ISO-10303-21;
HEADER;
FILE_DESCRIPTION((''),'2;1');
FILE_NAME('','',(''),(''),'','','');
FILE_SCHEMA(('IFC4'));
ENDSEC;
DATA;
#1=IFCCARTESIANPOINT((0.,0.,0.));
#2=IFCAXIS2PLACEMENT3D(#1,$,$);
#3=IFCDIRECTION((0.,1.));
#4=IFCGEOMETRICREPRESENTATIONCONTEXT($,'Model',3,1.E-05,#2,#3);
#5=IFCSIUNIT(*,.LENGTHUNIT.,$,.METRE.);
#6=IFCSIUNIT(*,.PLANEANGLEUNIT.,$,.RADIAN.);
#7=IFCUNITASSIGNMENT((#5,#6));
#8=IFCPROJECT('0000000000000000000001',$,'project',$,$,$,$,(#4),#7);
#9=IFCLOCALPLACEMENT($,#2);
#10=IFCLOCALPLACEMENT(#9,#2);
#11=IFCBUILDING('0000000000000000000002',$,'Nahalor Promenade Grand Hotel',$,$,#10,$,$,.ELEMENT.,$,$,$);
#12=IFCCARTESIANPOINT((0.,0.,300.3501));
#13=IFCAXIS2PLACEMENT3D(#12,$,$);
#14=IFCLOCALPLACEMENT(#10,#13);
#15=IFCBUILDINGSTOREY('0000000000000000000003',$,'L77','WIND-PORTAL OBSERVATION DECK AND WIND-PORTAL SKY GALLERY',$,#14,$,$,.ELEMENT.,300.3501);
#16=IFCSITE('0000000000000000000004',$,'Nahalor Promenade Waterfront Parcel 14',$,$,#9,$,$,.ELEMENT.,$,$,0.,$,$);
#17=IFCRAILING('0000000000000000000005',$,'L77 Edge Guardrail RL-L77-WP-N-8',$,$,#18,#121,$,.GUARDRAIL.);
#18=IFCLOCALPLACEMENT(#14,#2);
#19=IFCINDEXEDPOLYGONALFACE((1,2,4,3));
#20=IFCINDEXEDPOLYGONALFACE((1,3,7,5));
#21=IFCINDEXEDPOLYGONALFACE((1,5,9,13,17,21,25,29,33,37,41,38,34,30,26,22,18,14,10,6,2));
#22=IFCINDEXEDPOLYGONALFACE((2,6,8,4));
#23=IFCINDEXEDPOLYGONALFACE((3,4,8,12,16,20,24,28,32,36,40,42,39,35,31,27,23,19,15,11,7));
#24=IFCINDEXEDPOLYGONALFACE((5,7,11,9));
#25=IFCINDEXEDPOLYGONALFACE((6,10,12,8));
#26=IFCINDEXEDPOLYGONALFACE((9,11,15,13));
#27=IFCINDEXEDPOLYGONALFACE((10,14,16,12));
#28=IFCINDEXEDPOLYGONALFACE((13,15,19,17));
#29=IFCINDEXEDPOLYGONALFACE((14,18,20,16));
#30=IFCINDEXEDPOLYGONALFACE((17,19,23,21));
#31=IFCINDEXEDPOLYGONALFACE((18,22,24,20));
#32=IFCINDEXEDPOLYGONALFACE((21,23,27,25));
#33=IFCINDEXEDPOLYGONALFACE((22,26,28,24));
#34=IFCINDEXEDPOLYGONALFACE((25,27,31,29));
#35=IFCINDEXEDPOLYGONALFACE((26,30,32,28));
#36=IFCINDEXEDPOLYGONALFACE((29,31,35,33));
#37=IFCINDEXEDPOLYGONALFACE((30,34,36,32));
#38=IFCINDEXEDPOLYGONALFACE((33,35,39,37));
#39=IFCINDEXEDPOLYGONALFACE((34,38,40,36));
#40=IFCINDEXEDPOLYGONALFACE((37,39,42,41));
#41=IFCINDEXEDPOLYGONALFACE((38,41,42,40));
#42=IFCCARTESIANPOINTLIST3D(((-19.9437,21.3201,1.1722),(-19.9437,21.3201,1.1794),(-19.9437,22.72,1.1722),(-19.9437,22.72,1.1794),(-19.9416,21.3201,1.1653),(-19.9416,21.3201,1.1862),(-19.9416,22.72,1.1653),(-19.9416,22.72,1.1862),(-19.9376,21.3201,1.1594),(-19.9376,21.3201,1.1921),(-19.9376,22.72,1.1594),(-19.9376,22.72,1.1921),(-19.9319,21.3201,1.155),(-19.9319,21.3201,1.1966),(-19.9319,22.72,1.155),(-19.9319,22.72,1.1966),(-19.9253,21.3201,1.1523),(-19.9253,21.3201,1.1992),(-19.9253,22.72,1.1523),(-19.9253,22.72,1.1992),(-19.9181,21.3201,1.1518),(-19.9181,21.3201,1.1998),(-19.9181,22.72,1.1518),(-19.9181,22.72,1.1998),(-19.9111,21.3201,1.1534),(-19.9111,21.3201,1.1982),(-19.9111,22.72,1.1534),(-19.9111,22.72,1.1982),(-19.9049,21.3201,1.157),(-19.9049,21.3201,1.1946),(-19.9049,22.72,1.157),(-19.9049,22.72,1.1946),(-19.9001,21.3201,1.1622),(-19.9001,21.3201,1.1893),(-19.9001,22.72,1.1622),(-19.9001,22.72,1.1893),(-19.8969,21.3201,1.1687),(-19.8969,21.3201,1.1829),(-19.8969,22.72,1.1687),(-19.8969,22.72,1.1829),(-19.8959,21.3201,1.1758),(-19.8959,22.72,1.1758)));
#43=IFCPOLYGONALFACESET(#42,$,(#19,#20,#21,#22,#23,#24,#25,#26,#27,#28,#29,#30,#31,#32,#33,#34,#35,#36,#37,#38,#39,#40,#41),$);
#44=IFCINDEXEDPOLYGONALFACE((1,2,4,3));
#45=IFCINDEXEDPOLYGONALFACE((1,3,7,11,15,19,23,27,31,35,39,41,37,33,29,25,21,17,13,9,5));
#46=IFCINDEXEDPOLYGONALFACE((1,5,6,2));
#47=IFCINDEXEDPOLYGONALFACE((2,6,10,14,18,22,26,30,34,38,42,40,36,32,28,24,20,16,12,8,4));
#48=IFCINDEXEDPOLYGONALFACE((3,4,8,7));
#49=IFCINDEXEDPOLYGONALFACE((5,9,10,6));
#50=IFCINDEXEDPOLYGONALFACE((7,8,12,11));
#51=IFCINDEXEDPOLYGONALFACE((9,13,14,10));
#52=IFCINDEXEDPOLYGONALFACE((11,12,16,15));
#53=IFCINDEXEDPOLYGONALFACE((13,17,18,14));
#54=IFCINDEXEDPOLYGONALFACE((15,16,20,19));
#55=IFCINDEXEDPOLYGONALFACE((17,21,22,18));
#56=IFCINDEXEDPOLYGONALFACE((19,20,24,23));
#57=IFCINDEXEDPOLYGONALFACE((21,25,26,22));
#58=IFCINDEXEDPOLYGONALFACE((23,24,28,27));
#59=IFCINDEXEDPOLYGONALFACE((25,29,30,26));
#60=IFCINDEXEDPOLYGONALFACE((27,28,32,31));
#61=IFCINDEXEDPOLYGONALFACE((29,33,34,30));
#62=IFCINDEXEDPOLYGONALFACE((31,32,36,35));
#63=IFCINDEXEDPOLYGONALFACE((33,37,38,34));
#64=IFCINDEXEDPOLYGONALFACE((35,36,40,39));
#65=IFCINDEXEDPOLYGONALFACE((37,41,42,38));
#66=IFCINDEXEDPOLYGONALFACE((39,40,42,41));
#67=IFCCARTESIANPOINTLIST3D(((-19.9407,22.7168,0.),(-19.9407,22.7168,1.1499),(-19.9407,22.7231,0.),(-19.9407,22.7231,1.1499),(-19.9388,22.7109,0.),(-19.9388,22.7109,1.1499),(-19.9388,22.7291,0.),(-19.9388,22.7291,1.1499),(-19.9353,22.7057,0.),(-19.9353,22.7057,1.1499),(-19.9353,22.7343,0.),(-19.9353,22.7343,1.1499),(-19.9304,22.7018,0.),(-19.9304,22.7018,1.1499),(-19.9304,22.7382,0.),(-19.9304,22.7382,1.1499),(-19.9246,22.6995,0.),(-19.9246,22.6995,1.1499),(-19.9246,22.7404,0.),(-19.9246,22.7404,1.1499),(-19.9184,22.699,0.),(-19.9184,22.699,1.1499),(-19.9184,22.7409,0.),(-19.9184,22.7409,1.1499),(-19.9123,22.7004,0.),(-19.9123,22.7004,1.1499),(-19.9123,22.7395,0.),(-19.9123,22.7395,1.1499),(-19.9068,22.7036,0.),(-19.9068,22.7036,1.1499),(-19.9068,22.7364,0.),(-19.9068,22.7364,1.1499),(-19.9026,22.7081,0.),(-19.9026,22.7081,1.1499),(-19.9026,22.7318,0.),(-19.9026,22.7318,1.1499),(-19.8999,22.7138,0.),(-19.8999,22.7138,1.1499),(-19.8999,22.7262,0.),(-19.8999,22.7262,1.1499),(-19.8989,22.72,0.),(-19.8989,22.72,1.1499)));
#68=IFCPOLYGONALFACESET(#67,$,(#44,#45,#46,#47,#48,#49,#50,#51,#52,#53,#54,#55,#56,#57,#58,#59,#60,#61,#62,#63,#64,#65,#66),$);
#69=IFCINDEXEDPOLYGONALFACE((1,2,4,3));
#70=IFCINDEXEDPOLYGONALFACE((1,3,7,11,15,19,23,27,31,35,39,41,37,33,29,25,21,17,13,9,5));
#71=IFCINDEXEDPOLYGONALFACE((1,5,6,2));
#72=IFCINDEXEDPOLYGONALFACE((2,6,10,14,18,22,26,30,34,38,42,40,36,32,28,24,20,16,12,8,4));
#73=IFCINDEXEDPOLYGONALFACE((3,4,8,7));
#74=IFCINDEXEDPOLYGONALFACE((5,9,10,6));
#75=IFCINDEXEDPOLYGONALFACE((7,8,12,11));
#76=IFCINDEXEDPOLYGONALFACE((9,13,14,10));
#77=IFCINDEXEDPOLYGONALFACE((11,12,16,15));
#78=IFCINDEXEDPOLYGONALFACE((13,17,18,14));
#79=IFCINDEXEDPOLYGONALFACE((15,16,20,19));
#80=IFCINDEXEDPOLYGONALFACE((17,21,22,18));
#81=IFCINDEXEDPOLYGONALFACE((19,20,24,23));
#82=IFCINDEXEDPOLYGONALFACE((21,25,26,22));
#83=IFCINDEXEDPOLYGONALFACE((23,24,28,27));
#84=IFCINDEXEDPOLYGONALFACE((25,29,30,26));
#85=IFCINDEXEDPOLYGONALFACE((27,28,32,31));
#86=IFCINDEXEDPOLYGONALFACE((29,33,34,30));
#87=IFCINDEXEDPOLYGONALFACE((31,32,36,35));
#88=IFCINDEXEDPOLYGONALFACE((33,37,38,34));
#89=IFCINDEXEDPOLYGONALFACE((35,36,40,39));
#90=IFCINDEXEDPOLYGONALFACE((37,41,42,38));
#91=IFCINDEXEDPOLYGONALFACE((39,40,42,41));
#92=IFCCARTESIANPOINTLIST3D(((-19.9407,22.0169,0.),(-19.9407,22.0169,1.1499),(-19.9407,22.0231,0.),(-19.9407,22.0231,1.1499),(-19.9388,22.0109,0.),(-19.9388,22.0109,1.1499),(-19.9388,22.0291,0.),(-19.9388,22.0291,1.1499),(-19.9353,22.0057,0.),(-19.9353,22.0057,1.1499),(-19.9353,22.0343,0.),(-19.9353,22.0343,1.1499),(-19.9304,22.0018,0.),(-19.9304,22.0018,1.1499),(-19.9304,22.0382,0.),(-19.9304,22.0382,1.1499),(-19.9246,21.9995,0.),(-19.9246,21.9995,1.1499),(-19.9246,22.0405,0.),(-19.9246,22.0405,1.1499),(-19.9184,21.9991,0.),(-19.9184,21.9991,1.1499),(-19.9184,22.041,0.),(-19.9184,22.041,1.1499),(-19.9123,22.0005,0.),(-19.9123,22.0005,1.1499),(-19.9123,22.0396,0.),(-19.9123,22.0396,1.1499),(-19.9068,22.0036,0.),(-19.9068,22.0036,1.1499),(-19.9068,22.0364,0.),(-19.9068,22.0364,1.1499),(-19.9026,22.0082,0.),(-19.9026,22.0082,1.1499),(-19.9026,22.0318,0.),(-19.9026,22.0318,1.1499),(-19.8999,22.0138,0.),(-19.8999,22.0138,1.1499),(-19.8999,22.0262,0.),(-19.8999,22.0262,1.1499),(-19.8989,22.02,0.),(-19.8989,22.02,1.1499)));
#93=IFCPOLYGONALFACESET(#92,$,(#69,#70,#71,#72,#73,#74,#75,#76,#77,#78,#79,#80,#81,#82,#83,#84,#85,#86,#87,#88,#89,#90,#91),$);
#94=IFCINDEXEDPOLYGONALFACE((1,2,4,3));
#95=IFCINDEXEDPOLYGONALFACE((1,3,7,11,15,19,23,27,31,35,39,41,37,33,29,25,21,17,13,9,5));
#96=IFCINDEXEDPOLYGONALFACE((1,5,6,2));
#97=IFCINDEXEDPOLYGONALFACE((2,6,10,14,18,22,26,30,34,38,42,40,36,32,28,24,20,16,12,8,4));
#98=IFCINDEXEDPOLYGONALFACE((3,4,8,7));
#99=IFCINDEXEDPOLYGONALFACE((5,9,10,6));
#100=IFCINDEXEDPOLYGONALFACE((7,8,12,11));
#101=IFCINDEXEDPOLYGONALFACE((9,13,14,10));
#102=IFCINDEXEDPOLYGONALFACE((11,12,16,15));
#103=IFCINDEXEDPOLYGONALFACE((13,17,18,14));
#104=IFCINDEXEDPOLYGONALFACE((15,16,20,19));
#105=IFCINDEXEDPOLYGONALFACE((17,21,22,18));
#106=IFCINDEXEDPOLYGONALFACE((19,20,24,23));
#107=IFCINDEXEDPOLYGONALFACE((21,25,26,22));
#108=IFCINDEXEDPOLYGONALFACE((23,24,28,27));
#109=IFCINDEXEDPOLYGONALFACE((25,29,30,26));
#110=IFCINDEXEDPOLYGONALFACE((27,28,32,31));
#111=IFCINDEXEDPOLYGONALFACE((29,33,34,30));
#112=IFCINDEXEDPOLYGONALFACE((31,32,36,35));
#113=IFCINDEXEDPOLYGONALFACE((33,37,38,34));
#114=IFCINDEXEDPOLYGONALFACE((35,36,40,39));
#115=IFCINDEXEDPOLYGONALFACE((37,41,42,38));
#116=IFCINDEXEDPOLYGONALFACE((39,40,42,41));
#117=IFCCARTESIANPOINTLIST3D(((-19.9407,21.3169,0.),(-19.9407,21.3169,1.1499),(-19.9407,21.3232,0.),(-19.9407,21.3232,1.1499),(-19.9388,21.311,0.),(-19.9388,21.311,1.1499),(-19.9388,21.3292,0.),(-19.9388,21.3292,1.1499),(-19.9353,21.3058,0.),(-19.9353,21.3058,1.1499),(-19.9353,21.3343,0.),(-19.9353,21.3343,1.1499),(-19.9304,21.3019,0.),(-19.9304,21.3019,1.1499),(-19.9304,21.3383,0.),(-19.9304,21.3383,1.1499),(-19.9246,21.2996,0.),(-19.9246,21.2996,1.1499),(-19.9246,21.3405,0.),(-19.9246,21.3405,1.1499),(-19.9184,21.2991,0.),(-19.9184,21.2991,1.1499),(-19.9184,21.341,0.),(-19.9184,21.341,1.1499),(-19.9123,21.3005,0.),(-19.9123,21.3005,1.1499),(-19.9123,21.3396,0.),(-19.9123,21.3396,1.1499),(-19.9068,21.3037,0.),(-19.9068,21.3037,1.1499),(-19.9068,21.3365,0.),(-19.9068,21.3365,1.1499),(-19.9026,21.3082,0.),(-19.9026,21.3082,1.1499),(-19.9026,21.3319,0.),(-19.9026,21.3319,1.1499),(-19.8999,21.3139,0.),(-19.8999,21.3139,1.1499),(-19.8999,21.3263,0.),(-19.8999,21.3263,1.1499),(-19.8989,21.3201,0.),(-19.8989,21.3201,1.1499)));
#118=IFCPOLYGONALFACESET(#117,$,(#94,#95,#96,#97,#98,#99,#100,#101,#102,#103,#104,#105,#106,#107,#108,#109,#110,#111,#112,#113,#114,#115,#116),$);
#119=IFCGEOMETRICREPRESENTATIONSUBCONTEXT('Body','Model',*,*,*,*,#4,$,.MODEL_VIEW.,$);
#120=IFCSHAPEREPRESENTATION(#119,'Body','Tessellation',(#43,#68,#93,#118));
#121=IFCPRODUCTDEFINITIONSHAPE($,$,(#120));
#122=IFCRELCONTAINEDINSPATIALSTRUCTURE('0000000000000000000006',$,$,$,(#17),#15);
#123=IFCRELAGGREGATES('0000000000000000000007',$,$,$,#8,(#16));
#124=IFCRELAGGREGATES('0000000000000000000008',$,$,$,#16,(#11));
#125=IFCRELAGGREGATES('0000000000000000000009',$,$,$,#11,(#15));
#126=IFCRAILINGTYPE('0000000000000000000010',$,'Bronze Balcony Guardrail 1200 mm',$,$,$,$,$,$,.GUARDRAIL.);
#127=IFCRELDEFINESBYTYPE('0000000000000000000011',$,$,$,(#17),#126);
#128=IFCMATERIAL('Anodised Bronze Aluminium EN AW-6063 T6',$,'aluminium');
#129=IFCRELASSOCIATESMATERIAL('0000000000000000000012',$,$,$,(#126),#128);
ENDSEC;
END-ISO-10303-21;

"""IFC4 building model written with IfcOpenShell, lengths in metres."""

from ifc_helpers import new_model, si_unit, direction, frame, origin, origin_2d, place, context, subcontext, project, spatial, circle, extrude, material, type_object, element, save


model = new_model("IFC4")

# Units and contexts
model_context = context("Model", 3, precision=1e-05, world=origin(), true_north=direction((0.0, 1.0)))
body_context = subcontext(model_context, "Body", "Model", "MODEL_VIEW")
ifc_project = project(units=[si_unit("LENGTHUNIT", "METRE"), si_unit("PLANEANGLEUNIT", "RADIAN")], contexts=[model_context])

# Site, building, storey
site_placement = place(None, origin())
site = spatial("IfcSite", under=ifc_project, at=site_placement, Name="Nahalor Promenade Waterfront Parcel 14", CompositionType="ELEMENT", RefElevation=0.0)
building_placement = place(site_placement, origin())
building = spatial("IfcBuilding", under=site, at=building_placement, Name="Nahalor Promenade Grand Hotel", CompositionType="ELEMENT")
storey_placement = place(building_placement, frame((0.0, 0.0, 300.3501)))
storey = spatial("IfcBuildingStorey", under=building, at=storey_placement, Name="L77", Description="WIND-PORTAL OBSERVATION DECK AND WIND-PORTAL SKY GALLERY", CompositionType="ELEMENT", Elevation=300.3501)

# Railing
ifc_material_1 = material(Name="Anodised Bronze Aluminium EN AW-6063 T6", Category="aluminium")
railing_type = type_object("IfcRailingType", Name="Bronze Balcony Guardrail 1200 mm", PredefinedType="GUARDRAIL", material=ifc_material_1)
railing_1_placement = place(storey_placement, frame((-19.9199, 22.72, 0.0)))
element("IfcRailing", 1, at=railing_1_placement, inside=storey, type_object=railing_type, Name="L77 Edge Guardrail RL-L77-WP-N-8", PredefinedType="GUARDRAIL", context=body_context, shape_type="SweptSolid", body=[
    extrude(circle(Radius=0.024, at=origin_2d()), frame((0.0, 0.0, 1.1758), z_axis=(0.0, -1.0, 0.0), x_axis=(1.0, 0.0, 0.0)), (0.0, 0.0, 1.0), 1.3999),
    extrude(circle(Radius=0.021, at=origin_2d()), origin(), (0.0, 0.0, 1.0), 1.1499),
    extrude(circle(Radius=0.021, at=origin_2d()), frame((0.0, -0.7, 0.0)), (0.0, 0.0, 1.0), 1.1499),
    extrude(circle(Radius=0.021, at=origin_2d()), frame((0.0, -1.3999, 0.0)), (0.0, 0.0, 1.0), 1.1499),
])

save(model, "model.ifc")
